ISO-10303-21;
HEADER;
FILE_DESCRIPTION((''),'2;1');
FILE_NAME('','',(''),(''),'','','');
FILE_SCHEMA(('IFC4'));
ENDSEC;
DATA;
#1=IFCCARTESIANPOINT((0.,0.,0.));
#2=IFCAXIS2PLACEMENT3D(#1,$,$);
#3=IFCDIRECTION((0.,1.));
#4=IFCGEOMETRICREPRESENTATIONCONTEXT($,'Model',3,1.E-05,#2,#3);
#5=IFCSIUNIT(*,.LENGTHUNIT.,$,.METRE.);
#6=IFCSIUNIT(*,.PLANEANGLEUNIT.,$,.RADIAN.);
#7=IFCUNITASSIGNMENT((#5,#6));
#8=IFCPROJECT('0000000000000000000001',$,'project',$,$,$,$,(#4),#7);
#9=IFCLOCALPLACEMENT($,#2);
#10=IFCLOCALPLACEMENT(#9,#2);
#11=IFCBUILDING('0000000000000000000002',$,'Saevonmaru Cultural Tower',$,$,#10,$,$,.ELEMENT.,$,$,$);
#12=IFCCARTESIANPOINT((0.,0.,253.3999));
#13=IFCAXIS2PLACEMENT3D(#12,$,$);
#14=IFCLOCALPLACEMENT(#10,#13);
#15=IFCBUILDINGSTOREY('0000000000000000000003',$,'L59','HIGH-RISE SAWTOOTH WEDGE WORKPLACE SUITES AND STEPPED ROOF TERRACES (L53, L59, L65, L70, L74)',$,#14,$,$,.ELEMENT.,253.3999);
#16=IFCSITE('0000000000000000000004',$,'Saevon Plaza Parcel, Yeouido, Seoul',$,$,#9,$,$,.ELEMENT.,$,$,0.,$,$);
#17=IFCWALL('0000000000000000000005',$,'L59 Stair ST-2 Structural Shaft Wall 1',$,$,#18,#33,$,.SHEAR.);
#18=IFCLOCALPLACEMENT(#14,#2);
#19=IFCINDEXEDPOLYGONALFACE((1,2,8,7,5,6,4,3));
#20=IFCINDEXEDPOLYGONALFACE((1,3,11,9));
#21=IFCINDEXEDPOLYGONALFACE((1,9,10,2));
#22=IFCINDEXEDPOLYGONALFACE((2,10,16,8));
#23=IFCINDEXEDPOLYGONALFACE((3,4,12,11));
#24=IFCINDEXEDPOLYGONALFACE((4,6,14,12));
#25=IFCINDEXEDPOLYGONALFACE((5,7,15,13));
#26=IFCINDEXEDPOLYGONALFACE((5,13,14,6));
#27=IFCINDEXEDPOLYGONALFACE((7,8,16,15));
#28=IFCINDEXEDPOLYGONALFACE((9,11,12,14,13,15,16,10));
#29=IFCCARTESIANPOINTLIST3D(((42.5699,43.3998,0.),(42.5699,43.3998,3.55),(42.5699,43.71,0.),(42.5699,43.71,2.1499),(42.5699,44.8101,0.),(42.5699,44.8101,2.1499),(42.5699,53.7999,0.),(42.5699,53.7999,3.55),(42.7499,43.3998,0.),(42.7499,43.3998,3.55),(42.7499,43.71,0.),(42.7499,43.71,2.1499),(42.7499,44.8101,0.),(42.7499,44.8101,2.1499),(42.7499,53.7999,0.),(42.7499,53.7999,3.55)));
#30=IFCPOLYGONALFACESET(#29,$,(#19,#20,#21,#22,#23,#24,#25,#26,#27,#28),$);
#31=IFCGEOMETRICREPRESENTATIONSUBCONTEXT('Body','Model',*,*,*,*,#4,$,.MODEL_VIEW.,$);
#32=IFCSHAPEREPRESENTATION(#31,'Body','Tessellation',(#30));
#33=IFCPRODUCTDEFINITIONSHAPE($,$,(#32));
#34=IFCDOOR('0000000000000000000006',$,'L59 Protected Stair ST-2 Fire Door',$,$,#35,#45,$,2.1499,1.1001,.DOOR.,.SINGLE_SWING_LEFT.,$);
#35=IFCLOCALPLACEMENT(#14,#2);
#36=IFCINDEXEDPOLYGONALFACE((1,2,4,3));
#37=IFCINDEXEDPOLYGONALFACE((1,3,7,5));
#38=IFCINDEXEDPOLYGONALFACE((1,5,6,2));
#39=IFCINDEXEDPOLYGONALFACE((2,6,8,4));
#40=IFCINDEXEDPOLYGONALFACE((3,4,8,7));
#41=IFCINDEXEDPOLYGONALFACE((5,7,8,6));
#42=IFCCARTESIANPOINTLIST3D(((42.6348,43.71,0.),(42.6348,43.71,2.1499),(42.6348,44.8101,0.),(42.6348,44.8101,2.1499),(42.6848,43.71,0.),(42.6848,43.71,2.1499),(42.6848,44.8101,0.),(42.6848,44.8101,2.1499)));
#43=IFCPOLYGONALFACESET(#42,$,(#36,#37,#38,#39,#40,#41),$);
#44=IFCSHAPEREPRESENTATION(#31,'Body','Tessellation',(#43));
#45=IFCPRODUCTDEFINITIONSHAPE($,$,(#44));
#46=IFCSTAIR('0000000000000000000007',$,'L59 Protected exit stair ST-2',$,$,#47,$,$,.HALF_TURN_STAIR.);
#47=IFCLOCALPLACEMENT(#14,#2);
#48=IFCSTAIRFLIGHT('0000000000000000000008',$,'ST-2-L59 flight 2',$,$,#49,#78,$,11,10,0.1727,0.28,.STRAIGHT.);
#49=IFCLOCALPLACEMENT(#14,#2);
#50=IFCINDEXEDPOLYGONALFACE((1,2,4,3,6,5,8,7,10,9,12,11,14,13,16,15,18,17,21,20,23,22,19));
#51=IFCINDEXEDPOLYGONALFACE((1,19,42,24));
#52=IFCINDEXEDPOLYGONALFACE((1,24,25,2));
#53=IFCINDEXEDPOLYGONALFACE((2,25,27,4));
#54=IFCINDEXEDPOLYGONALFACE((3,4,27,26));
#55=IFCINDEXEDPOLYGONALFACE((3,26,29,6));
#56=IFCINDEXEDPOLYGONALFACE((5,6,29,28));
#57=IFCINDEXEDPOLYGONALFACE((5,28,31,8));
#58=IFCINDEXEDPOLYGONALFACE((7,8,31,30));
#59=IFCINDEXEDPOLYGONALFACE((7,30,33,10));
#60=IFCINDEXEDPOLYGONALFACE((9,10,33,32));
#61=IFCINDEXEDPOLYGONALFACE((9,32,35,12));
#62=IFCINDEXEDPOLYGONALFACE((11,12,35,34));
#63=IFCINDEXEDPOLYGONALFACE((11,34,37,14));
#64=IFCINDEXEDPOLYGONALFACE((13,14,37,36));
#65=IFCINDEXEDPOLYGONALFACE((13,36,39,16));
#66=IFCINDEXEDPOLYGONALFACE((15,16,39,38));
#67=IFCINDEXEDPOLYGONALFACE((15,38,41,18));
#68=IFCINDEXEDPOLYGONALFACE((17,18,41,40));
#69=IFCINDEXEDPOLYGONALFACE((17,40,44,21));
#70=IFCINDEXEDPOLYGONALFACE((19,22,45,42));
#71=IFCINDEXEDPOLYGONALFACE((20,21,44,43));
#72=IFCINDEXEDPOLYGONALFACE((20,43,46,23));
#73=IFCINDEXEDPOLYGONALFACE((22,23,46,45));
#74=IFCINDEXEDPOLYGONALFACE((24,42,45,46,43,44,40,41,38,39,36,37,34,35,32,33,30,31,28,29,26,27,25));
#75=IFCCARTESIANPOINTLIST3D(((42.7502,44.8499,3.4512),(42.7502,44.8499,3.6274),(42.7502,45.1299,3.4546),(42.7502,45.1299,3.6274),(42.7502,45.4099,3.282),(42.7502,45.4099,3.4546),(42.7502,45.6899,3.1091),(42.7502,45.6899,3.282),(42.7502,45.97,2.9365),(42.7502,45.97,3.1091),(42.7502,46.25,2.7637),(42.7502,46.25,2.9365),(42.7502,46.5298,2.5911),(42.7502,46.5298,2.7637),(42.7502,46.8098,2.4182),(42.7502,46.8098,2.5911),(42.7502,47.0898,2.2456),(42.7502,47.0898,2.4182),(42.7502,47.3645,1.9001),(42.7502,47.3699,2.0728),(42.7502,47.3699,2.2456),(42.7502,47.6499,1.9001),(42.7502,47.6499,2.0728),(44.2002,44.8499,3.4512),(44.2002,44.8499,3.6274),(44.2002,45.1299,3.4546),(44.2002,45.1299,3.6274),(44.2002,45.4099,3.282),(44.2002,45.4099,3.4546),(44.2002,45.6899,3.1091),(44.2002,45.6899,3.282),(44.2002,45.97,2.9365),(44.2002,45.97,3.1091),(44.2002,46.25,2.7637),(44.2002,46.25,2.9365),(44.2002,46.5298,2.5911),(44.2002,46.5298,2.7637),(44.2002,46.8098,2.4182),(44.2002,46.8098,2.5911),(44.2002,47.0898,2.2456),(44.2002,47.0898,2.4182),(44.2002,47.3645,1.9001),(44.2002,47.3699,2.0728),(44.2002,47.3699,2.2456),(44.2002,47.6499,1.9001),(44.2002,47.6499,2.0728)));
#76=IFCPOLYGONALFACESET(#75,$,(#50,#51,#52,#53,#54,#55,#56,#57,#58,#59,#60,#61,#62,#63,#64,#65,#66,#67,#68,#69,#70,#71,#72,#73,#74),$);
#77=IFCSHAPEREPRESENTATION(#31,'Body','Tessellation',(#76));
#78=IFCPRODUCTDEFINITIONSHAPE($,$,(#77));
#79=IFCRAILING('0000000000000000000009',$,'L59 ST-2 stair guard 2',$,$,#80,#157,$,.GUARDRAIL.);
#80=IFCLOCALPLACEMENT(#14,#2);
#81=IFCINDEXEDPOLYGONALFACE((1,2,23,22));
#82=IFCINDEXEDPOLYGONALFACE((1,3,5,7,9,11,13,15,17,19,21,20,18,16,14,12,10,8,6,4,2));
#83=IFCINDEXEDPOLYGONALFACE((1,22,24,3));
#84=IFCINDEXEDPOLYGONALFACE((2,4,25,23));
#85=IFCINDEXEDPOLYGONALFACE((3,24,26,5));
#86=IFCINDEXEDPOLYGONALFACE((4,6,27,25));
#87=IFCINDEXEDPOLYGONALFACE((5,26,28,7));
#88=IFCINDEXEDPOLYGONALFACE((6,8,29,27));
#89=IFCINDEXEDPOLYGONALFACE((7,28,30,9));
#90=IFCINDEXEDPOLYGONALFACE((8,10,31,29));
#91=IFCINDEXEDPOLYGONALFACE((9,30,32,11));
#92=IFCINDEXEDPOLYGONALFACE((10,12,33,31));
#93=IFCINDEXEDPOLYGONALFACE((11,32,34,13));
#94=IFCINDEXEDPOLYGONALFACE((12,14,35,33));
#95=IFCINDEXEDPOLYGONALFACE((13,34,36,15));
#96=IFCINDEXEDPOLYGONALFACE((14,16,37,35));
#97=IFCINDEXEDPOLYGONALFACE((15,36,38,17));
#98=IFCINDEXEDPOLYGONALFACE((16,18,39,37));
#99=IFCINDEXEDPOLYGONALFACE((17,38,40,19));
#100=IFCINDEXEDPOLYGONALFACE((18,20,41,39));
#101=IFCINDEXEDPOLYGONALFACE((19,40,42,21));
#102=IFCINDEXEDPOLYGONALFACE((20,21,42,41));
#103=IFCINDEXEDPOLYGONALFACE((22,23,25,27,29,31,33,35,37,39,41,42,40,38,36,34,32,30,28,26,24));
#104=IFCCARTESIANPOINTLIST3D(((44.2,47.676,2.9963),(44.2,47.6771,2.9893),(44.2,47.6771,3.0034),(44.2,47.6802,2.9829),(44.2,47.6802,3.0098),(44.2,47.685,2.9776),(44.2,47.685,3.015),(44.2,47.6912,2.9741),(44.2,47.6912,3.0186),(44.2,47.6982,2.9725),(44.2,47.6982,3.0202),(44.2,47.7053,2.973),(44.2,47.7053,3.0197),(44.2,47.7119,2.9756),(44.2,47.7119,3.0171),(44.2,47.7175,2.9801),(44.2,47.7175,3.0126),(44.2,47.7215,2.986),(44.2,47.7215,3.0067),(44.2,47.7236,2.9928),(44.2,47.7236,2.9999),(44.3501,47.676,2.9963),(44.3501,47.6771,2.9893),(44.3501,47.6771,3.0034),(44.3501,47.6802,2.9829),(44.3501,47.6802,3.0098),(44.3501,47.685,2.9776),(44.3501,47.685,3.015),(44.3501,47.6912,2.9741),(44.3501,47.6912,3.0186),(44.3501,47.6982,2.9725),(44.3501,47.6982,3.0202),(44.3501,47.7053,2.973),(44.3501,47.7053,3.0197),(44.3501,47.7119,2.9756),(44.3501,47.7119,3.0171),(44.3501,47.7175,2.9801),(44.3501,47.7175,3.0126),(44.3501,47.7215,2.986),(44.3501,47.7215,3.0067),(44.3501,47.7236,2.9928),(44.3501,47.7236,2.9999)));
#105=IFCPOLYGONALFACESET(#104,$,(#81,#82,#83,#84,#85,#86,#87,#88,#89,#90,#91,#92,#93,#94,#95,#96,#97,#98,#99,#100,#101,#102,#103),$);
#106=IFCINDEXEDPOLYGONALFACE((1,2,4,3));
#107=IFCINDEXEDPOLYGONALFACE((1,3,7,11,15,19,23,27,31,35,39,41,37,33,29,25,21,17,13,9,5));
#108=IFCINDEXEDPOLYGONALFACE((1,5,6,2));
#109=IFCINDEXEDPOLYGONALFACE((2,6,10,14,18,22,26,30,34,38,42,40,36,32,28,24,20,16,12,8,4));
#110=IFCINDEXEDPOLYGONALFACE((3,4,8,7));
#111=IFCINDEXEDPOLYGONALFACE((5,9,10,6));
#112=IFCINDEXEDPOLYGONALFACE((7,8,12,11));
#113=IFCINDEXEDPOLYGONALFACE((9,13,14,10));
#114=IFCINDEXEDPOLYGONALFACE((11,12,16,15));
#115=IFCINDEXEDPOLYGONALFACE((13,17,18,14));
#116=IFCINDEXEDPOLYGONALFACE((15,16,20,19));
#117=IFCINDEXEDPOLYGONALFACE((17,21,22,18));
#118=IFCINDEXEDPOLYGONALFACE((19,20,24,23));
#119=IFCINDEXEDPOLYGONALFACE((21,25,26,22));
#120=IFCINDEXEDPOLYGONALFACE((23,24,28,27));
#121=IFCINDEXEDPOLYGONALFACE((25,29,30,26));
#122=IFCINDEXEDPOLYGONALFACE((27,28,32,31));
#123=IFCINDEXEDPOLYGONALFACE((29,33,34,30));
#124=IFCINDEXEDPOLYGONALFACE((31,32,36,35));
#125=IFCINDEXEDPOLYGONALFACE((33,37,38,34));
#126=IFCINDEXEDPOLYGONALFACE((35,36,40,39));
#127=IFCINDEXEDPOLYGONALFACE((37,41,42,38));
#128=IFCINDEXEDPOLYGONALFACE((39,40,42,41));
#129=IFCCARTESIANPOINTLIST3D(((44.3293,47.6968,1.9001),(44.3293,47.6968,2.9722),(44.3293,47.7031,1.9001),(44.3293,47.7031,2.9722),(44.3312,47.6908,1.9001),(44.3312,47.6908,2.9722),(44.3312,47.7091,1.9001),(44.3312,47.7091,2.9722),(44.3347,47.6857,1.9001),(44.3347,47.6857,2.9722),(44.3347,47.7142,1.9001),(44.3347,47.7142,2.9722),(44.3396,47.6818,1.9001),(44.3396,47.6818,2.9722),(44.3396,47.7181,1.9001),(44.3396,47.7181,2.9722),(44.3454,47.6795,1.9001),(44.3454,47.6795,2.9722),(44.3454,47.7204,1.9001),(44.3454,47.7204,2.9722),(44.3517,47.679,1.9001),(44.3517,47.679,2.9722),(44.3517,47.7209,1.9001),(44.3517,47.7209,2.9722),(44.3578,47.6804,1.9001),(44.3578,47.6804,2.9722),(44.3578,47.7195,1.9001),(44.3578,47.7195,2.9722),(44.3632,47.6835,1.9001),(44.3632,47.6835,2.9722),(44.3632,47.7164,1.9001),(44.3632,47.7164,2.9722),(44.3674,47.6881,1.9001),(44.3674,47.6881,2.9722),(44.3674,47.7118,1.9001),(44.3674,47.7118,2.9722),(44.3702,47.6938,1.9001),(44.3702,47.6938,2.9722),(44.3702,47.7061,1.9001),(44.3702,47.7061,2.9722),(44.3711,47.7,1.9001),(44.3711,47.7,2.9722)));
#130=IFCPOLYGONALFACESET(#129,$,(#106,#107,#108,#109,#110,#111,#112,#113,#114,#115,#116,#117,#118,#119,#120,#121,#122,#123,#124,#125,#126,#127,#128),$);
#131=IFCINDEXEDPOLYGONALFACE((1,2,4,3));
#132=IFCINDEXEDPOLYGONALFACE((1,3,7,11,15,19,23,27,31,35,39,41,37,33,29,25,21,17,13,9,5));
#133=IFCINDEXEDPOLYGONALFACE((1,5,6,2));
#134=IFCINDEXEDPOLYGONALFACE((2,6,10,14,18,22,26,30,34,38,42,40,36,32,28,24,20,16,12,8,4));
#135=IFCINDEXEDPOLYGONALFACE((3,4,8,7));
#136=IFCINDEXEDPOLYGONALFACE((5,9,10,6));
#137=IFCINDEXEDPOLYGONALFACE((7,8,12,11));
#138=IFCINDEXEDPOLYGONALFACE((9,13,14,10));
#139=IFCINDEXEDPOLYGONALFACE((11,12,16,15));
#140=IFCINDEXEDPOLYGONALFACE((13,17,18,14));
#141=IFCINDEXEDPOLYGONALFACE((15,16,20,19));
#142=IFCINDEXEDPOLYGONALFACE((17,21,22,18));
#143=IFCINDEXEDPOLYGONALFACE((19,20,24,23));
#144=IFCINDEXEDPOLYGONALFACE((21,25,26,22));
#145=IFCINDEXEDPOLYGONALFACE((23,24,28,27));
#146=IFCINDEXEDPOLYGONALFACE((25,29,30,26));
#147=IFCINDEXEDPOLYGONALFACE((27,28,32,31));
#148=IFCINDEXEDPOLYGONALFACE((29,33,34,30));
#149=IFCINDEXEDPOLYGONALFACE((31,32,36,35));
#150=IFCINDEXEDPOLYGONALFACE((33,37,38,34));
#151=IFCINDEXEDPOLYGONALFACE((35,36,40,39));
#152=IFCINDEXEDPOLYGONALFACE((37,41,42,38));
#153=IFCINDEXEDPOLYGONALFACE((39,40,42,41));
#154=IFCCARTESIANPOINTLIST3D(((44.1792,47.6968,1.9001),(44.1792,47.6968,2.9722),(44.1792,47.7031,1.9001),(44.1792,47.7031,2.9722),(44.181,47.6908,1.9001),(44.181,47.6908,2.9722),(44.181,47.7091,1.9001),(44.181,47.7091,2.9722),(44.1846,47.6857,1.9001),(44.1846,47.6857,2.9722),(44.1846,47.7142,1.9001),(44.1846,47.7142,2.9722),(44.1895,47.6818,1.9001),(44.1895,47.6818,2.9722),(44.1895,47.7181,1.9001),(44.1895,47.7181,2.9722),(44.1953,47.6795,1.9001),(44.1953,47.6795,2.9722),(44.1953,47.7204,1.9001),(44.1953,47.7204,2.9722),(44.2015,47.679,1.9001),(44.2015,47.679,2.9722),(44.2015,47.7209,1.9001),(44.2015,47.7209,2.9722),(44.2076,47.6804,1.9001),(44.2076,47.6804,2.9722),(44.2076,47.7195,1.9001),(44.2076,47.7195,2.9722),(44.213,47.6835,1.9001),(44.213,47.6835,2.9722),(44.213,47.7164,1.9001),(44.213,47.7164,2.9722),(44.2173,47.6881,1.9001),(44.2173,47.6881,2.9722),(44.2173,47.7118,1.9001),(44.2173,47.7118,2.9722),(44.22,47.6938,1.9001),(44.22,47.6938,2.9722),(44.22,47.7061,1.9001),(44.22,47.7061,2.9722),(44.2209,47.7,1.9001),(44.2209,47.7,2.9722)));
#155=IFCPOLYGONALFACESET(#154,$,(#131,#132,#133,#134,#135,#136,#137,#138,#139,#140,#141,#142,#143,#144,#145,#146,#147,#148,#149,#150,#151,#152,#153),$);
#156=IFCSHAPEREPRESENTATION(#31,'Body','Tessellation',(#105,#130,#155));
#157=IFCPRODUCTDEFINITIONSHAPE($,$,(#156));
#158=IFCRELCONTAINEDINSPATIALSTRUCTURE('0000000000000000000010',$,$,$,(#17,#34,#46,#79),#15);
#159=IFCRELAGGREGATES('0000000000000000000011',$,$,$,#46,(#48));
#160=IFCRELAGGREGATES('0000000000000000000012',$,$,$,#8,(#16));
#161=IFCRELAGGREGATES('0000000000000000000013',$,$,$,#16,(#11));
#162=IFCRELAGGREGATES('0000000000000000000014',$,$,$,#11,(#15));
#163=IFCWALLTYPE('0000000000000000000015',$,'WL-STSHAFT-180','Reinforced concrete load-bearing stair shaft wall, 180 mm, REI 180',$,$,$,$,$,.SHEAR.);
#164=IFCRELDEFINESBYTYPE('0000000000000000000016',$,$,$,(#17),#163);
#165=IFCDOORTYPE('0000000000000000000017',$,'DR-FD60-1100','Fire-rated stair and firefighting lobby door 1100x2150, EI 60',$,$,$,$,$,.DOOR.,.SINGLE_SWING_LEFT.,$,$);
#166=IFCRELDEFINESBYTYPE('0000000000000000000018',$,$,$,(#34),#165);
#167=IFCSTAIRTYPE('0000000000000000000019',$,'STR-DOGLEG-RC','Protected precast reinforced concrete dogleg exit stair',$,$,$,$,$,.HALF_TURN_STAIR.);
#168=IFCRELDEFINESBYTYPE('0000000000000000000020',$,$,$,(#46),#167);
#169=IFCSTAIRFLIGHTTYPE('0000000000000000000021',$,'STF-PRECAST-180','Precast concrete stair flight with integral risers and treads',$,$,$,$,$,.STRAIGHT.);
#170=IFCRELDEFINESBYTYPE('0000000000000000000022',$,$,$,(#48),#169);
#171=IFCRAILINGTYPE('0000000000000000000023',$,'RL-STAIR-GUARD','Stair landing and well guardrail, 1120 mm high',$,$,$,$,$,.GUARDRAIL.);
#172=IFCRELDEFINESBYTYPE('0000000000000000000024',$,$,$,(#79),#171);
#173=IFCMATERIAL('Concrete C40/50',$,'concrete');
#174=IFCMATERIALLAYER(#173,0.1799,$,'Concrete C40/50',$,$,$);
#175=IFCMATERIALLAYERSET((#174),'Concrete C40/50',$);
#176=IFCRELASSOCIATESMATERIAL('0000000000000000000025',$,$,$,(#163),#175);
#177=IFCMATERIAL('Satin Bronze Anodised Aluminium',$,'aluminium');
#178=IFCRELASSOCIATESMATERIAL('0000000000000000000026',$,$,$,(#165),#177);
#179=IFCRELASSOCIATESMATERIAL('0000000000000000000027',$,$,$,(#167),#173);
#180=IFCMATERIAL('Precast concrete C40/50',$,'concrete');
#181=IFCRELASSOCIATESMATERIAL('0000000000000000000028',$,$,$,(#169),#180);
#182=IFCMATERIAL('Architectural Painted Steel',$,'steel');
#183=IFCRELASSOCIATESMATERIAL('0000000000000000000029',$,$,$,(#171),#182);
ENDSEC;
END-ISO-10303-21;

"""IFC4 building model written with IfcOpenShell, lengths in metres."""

from ifc_helpers import new_model, si_unit, direction, frame, frame_2d, origin, origin_2d, place, context, subcontext, project, spatial, polyline, rectangle, circle, outline, extrude, material, layer, layer_set, type_object, element, fill, aggregate, save


model = new_model("IFC4")

# Units and contexts
model_context = context("Model", 3, precision=1e-05, world=origin(), true_north=direction((0.0, 1.0)))
body_context = subcontext(model_context, "Body", "Model", "MODEL_VIEW")
ifc_project = project(units=[si_unit("LENGTHUNIT", "METRE"), si_unit("PLANEANGLEUNIT", "RADIAN")], contexts=[model_context])

# Site, building, storey
site_placement = place(None, origin())
site = spatial("IfcSite", under=ifc_project, at=site_placement, Name="Saevon Plaza Parcel, Yeouido, Seoul", CompositionType="ELEMENT", RefElevation=0.0)
building_placement = place(site_placement, origin())
building = spatial("IfcBuilding", under=site, at=building_placement, Name="Saevonmaru Cultural Tower", CompositionType="ELEMENT")
storey_placement = place(building_placement, frame((0.0, 0.0, 253.3999)))
storey = spatial("IfcBuildingStorey", under=building, at=storey_placement, Name="L59", Description="HIGH-RISE SAWTOOTH WEDGE WORKPLACE SUITES AND STEPPED ROOF TERRACES (L53, L59, L65, L70, L74)", CompositionType="ELEMENT", Elevation=253.3999)

# Shared definitions
ifc_material_1 = material(Name="Satin Bronze Anodised Aluminium", Category="aluminium")

# Shared definitions
ifc_material_2 = material(Name="Concrete C40/50", Category="concrete")

# Wall, opening, door
ifc_layer_1 = layer(ifc_material_2, 0.1799, Name="Concrete C40/50")
ifc_layer_set_1 = layer_set([ifc_layer_1], Name="Concrete C40/50")
wall_type_1 = type_object("IfcWallType", Name="WL-STSHAFT-180", Description="Reinforced concrete load-bearing stair shaft wall, 180 mm, REI 180", PredefinedType="SHEAR", material=ifc_layer_set_1)
wall_1_placement = place(storey_placement, frame((42.6599, 53.8, 0.0), z_axis=(0.0, 0.0, 1.0), x_axis=(0.0, -1.0, 0.0)))
wall_1 = element("IfcWall", 1, at=wall_1_placement, inside=storey, type_object=wall_type_1, Name="L59 Stair ST-2 Structural Shaft Wall 1", PredefinedType="SHEAR", context=body_context, shape_type="SweptSolid", body=[
    extrude(rectangle(XDim=10.4001, YDim=0.1799, at=frame_2d((5.2002, 0.0))), origin(), (0.0, 0.0, 1.0), 3.55),
])
opening_1_placement = place(wall_1_placement, frame((8.99, 0.0, 0.0)))
opening_1 = element("IfcOpeningElement", 2, at=opening_1_placement, cuts=wall_1, PredefinedType="OPENING", context=body_context, shape_type="SweptSolid", body=[
    extrude(rectangle(XDim=1.1001, YDim=2.1499, at=frame_2d((0.55, 1.075))), frame((0.0, 0.1001, 0.0), z_axis=(0.0, -1.0, 0.0), x_axis=(1.0, 0.0, 0.0)), (0.0, 0.0, 1.0), 0.2),
])
door_type_1 = type_object("IfcDoorType", Name="DR-FD60-1100", Description="Fire-rated stair and firefighting lobby door 1100x2150, EI 60", OperationType="SINGLE_SWING_LEFT", PredefinedType="DOOR", material=ifc_material_1)
door_1_placement = place(opening_1_placement, origin())
door_1 = element("IfcDoor", 3, at=door_1_placement, inside=storey, type_object=door_type_1, Name="L59 Protected Stair ST-2 Fire Door", OperationType="SINGLE_SWING_LEFT", OverallHeight=2.1499, OverallWidth=1.1001, PredefinedType="DOOR", context=body_context, shape_type="SweptSolid", body=[
    extrude(rectangle(XDim=1.1001, YDim=2.1499, at=frame_2d((0.55, 1.075))), frame((0.0, 0.0249, 0.0), z_axis=(0.0, -1.0, 0.0), x_axis=(1.0, 0.0, 0.0)), (0.0, 0.0, 1.0), 0.05),
])
fill(opening_1, door_1)

# Stair, stair flight
stair_type = type_object("IfcStairType", Name="STR-DOGLEG-RC", Description="Protected precast reinforced concrete dogleg exit stair", PredefinedType="HALF_TURN_STAIR", material=ifc_material_2)
stair_placement = place(storey_placement, origin())
stair = element("IfcStair", 4, at=stair_placement, inside=storey, type_object=stair_type, Name="L59 Protected exit stair ST-2", PredefinedType="HALF_TURN_STAIR")
ifc_material_3 = material(Name="Precast concrete C40/50", Category="concrete")
stair_flight_type = type_object("IfcStairFlightType", Name="STF-PRECAST-180", Description="Precast concrete stair flight with integral risers and treads", PredefinedType="STRAIGHT", material=ifc_material_3)
stair_flight_placement = place(storey_placement, frame((43.4751, 47.6499, 1.9001), z_axis=(0.0, 0.0, 1.0), x_axis=(0.0, -1.0, 0.0)))
stair_flight = element("IfcStairFlight", 5, at=stair_flight_placement, type_object=stair_flight_type, Name="ST-2-L59 flight 2", NumberOfRisers=11, NumberOfTreads=10, PredefinedType="STRAIGHT", RiserHeight=0.1727, TreadLength=0.28, context=body_context, shape_type="SweptSolid", body=[
    extrude(outline(polyline([(0.0, 0.0), (0.0, 0.1726), (0.28, 0.1726), (0.28, 0.3455), (0.5601, 0.3455), (0.5601, 0.5181), (0.8401, 0.5181), (0.8401, 0.6909), (1.1201, 0.6909), (1.1201, 0.8635), (1.3999, 0.8635), (1.3999, 1.0364), (1.6799, 1.0364), (1.6799, 1.209), (1.96, 1.209), (1.96, 1.3818), (2.24, 1.3818), (2.24, 1.5544), (2.52, 1.5544), (2.52, 1.7273), (2.8, 1.7273), (2.8, 1.8999), (2.8, 1.551), (0.2854, 0.0), (0.0, 0.0)])), frame((0.0, 0.7251, 0.0), z_axis=(0.0, -1.0, 0.0), x_axis=(1.0, 0.0, 0.0)), (0.0, 0.0, 1.0), 1.45),
])
aggregate(stair, [stair_flight])

# Railing
ifc_material_4 = material(Name="Architectural Painted Steel", Category="steel")
railing_type_1 = type_object("IfcRailingType", Name="RL-STAIR-GUARD", Description="Stair landing and well guardrail, 1120 mm high", PredefinedType="GUARDRAIL", material=ifc_material_4)
railing_1_placement = place(storey_placement, frame((44.3501, 47.7, 1.9001)))
element("IfcRailing", 6, at=railing_1_placement, inside=storey, type_object=railing_type_1, Name="L59 ST-2 stair guard 2", PredefinedType="GUARDRAIL", context=body_context, shape_type="SweptSolid", body=[
    extrude(circle(Radius=0.0239, at=origin_2d()), frame((0.0, 0.0, 1.0962), z_axis=(-1.0, 0.0, 0.0), x_axis=(0.0, -1.0, 0.0)), (0.0, 0.0, 1.0), 0.1501),
    extrude(circle(Radius=0.021, at=origin_2d()), origin(), (0.0, 0.0, 1.0), 1.072),
    extrude(circle(Radius=0.021, at=origin_2d()), frame((-0.1501, 0.0, 0.0)), (0.0, 0.0, 1.0), 1.072),
])

save(model, "model.ifc")
